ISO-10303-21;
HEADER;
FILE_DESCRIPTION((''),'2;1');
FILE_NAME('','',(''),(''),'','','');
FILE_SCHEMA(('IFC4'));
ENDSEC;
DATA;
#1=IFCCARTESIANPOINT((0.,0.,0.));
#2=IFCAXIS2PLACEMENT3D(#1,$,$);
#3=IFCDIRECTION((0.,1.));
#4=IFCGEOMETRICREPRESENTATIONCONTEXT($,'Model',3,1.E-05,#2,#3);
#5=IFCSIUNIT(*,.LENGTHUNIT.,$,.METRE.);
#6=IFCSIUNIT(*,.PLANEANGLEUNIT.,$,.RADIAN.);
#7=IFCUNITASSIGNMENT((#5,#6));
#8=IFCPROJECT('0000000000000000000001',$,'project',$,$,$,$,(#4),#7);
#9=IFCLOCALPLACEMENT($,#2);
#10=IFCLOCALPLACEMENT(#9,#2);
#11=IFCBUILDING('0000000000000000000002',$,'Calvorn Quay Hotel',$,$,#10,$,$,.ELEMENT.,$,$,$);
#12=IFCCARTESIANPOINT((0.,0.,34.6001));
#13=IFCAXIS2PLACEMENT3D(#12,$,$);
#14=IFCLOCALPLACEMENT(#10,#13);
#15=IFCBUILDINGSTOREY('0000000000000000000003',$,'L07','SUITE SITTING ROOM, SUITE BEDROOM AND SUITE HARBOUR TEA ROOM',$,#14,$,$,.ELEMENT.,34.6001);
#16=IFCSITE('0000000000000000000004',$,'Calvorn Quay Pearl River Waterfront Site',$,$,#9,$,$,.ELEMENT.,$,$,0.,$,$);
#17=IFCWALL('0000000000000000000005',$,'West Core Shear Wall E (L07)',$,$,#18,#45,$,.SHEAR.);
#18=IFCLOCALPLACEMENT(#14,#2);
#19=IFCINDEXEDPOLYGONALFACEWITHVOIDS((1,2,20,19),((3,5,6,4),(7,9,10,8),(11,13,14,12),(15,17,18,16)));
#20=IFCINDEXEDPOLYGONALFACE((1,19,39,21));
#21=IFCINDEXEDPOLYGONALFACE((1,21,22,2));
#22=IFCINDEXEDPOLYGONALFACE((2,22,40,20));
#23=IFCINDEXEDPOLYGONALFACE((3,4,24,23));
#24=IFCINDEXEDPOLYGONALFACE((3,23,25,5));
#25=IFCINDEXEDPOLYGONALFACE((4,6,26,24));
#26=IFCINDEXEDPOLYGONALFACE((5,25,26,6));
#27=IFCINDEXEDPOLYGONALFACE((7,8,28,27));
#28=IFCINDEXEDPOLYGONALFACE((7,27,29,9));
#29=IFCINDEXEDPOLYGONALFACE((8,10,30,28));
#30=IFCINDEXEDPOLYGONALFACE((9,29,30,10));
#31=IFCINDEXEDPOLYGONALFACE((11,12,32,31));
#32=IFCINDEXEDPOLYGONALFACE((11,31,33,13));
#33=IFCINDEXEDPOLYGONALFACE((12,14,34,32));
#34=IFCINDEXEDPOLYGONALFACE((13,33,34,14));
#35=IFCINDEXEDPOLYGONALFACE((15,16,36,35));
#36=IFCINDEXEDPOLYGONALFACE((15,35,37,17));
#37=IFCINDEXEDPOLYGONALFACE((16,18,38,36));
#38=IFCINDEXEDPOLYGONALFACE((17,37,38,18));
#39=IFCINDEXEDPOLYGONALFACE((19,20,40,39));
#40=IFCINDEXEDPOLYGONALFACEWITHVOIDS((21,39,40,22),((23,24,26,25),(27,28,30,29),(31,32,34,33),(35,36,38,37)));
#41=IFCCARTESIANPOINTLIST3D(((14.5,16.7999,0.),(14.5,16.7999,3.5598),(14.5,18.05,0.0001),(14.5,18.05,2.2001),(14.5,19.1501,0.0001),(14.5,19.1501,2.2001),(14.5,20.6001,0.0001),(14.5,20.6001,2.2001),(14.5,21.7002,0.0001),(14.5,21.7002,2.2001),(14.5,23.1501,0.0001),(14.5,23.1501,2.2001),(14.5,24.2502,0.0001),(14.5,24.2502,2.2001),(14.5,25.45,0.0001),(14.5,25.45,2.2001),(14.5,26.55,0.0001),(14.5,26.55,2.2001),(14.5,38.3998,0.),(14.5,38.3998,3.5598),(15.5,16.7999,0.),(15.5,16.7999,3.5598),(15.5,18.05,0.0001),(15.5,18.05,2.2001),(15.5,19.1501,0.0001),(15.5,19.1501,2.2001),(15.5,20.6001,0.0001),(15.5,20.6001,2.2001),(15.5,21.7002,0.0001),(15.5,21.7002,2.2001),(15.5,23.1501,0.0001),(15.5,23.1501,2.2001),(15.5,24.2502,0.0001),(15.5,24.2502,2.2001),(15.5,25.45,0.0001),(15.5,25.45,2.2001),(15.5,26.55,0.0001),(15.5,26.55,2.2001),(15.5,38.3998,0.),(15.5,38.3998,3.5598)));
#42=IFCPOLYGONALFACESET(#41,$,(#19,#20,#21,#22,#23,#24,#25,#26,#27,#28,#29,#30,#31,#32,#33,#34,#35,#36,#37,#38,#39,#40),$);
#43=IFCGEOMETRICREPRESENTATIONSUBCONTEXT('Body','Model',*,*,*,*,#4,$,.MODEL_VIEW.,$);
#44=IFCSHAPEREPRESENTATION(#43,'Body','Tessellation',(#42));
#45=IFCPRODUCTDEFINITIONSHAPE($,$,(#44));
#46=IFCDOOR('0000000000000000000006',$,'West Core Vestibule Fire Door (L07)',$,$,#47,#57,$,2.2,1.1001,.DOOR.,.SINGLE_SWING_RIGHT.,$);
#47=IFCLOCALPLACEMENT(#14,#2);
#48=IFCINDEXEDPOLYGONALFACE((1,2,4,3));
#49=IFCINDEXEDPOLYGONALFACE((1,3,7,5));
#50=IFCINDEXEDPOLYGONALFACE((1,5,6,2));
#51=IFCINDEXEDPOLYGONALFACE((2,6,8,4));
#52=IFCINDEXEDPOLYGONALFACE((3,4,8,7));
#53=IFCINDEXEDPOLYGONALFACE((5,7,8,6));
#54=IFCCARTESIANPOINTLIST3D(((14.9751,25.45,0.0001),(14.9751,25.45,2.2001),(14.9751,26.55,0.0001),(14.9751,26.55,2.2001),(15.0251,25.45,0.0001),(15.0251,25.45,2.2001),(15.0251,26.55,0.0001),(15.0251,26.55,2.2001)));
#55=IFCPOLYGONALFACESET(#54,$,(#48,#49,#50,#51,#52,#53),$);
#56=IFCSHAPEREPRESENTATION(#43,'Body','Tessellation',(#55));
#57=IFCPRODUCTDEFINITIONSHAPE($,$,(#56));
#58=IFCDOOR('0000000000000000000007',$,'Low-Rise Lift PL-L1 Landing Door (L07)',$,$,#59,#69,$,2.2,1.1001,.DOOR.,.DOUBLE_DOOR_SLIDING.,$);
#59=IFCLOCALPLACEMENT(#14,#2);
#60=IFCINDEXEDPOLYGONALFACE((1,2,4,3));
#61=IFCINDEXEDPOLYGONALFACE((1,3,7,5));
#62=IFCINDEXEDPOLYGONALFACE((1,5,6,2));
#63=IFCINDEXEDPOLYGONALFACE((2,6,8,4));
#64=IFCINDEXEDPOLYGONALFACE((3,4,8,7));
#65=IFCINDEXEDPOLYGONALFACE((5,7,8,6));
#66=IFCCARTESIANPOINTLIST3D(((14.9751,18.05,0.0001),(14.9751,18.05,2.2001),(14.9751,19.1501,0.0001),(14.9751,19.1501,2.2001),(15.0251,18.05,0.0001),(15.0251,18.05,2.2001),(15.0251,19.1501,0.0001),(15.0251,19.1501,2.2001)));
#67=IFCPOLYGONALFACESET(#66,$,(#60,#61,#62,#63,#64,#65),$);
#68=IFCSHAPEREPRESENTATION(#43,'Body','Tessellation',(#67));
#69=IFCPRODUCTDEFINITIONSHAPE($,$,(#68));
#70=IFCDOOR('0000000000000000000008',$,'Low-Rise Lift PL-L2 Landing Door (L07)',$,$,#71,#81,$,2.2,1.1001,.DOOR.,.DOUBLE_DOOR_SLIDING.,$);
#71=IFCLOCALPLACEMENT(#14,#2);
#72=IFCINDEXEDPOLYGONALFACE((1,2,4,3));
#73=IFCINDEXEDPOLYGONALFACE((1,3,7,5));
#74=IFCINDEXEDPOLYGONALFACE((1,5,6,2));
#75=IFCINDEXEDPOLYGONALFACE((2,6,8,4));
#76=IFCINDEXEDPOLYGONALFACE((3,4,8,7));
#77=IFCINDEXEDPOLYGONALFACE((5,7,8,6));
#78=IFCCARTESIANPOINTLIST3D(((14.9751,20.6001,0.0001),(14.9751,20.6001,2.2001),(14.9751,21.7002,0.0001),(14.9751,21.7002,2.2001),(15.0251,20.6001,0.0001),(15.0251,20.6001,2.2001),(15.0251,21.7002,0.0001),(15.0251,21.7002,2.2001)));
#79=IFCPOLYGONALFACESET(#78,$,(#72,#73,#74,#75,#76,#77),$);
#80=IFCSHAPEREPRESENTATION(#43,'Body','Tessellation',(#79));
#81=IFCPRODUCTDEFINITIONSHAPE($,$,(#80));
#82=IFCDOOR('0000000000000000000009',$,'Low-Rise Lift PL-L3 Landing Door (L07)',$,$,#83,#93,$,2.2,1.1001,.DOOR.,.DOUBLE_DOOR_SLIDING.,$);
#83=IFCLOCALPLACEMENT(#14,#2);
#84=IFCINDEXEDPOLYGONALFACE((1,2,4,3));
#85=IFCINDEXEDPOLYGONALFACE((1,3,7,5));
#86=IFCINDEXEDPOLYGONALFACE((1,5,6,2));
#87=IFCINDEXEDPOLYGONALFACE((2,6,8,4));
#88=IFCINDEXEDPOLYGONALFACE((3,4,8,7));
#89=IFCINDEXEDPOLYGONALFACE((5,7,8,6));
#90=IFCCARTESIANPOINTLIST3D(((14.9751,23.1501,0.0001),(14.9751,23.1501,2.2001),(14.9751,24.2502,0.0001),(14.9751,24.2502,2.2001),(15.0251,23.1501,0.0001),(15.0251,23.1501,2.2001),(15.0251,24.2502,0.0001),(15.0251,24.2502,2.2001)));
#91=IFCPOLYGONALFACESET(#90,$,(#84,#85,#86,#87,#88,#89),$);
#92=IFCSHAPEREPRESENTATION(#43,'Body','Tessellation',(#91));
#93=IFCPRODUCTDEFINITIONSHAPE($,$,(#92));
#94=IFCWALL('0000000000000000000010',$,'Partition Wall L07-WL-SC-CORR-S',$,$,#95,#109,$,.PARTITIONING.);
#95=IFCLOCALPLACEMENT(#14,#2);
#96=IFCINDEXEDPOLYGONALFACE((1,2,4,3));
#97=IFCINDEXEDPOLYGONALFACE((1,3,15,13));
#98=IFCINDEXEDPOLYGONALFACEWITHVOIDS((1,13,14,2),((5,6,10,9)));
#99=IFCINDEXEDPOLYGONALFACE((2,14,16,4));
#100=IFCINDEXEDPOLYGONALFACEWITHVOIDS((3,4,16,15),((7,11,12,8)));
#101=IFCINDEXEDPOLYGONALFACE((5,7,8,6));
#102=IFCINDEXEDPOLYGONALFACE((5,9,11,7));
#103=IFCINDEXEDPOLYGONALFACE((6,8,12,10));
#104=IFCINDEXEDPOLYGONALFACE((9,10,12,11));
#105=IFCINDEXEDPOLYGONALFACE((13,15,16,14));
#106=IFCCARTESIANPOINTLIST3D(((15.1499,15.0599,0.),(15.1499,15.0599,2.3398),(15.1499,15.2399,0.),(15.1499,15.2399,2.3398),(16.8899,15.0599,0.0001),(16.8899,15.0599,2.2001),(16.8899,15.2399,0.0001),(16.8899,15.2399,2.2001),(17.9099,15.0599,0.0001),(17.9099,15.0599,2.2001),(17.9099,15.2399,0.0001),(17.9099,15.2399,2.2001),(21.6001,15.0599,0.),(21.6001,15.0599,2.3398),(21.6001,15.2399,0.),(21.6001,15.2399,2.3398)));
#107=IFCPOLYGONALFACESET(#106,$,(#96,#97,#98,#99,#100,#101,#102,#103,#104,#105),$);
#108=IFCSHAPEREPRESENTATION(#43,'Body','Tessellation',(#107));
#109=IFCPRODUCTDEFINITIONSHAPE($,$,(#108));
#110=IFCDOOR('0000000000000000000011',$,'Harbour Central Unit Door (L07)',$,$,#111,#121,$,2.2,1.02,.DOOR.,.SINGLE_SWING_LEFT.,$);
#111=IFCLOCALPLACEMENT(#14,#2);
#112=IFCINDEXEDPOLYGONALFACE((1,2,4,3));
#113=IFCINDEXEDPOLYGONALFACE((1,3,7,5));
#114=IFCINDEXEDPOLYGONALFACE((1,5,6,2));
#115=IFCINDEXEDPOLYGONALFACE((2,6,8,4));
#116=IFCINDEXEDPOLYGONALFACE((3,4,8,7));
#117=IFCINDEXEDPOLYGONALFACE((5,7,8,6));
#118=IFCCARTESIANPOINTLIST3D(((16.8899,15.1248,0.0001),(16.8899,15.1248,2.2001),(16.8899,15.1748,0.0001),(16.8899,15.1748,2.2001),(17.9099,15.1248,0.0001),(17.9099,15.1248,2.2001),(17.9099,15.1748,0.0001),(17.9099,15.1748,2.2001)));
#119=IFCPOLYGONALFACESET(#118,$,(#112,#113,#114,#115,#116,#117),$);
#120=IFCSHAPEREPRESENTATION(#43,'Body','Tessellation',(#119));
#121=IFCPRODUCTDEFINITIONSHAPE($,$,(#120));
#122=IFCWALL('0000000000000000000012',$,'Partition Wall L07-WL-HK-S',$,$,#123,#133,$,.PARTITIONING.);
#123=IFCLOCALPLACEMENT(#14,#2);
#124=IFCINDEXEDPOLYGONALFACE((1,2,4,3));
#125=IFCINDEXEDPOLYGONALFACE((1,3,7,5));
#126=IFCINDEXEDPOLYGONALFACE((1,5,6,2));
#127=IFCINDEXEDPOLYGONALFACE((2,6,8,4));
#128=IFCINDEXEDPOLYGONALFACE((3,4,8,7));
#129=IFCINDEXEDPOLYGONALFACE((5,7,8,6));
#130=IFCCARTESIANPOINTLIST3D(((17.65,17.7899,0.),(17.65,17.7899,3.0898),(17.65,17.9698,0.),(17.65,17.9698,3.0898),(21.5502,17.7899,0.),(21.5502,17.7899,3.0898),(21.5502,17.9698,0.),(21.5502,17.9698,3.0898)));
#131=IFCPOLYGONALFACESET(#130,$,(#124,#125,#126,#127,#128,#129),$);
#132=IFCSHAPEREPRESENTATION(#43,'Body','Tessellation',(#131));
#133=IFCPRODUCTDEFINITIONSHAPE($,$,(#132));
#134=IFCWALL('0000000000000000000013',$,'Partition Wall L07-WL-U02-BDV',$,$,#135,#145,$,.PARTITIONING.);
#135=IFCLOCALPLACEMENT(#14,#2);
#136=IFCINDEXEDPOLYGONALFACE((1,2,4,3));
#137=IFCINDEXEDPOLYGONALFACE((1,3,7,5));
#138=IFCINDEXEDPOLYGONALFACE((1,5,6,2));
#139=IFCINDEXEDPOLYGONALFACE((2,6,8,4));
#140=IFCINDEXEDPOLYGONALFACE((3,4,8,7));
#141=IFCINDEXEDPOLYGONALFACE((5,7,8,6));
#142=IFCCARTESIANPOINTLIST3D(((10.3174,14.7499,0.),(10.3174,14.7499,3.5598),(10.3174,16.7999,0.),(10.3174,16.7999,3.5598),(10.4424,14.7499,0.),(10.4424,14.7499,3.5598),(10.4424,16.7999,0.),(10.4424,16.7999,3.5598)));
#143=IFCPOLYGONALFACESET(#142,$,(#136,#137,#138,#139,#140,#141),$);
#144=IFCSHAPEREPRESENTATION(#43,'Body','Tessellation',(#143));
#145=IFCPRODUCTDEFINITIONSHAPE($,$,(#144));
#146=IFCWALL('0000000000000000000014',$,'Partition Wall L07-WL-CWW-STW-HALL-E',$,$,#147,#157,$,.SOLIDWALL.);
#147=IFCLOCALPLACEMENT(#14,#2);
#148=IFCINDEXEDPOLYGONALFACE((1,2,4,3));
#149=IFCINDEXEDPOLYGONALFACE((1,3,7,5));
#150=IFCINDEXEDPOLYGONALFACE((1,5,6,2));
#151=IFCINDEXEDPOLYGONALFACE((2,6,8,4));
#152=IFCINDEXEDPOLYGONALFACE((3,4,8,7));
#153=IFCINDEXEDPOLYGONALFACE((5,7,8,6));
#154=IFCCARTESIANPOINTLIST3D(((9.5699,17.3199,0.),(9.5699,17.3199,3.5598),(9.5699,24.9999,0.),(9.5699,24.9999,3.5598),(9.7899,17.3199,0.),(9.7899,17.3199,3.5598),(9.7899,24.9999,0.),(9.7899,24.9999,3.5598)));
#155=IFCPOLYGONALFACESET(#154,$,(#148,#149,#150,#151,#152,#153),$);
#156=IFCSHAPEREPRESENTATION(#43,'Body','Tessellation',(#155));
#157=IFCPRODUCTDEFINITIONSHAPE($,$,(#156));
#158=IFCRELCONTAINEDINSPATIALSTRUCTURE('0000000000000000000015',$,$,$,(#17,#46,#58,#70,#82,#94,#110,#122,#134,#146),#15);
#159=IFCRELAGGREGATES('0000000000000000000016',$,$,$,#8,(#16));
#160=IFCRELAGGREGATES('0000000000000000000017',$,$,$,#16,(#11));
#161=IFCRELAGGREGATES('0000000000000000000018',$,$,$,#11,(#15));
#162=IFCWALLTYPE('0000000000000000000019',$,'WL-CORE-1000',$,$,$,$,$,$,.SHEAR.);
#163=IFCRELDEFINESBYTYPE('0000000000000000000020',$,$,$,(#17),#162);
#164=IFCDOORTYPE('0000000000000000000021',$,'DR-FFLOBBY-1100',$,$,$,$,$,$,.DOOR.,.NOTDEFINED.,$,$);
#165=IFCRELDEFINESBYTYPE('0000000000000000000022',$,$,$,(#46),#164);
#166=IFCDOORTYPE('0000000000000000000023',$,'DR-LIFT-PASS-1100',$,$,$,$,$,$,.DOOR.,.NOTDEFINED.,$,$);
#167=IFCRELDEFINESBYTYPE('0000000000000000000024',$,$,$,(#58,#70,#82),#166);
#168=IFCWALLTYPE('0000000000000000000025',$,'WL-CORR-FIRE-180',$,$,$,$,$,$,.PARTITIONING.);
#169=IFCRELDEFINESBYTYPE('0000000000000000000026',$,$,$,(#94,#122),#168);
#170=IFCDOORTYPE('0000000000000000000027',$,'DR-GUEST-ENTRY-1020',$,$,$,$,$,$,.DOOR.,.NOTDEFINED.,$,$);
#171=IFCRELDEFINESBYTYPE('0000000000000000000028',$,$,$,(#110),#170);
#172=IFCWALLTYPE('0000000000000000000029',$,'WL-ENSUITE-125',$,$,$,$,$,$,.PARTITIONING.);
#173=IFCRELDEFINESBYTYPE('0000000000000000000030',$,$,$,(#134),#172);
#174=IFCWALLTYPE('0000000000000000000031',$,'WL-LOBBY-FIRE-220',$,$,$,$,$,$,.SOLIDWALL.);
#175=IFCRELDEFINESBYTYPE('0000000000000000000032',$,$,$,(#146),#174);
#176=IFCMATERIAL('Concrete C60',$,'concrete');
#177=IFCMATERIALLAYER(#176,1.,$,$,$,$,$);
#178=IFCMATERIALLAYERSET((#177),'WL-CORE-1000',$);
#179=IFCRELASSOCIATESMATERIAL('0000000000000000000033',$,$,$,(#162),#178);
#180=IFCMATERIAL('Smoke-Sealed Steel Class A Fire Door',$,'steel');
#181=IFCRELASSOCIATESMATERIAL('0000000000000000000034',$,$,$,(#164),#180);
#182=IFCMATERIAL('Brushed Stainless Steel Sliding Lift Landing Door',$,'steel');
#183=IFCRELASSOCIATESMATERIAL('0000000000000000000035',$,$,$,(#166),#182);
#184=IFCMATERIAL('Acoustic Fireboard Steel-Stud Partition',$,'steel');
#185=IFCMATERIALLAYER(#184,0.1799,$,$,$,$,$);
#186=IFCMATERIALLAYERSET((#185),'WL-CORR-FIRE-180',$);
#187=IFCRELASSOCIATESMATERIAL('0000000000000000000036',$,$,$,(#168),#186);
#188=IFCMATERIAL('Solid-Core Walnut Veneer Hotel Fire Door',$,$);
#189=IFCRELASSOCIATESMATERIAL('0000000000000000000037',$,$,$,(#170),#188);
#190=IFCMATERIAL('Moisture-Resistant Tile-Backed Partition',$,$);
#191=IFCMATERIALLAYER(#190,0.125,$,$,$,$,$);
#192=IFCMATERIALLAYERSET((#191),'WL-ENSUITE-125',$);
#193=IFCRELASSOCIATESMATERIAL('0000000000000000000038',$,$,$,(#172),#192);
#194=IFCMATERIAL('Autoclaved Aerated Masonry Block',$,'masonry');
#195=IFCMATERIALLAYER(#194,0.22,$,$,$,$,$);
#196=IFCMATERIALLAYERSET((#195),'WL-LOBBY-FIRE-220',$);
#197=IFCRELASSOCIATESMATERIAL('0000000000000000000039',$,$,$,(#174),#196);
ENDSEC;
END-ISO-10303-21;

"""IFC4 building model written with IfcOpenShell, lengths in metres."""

from ifc_helpers import new_model, si_unit, direction, frame, frame_2d, origin, place, context, subcontext, project, spatial, rectangle, extrude, material, layer, layer_set, type_object, element, fill, save


model = new_model("IFC4")

# Units and contexts
model_context = context("Model", 3, precision=1e-05, world=origin(), true_north=direction((0.0, 1.0)))
body_context = subcontext(model_context, "Body", "Model", "MODEL_VIEW")
ifc_project = project(units=[si_unit("LENGTHUNIT", "METRE"), si_unit("PLANEANGLEUNIT", "RADIAN")], contexts=[model_context])

# Site, building, storey
site_placement = place(None, origin())
site = spatial("IfcSite", under=ifc_project, at=site_placement, Name="Calvorn Quay Pearl River Waterfront Site", CompositionType="ELEMENT", RefElevation=0.0)
building_placement = place(site_placement, origin())
building = spatial("IfcBuilding", under=site, at=building_placement, Name="Calvorn Quay Hotel", CompositionType="ELEMENT")
storey_placement = place(building_placement, frame((0.0, 0.0, 34.6001)))
storey = spatial("IfcBuildingStorey", under=building, at=storey_placement, Name="L07", Description="SUITE SITTING ROOM, SUITE BEDROOM AND SUITE HARBOUR TEA ROOM", CompositionType="ELEMENT", Elevation=34.6001)

# Wall, openings, doors
ifc_material_1 = material(Name="Concrete C60", Category="concrete")
ifc_layer_1 = layer(ifc_material_1, 1.0)
ifc_layer_set_1 = layer_set([ifc_layer_1], Name="WL-CORE-1000")
wall_type_1 = type_object("IfcWallType", Name="WL-CORE-1000", PredefinedType="SHEAR", material=ifc_layer_set_1)
wall_1_placement = place(storey_placement, frame((15.0, 16.8, 0.0), z_axis=(0.0, 0.0, 1.0), x_axis=(0.0, 1.0, 0.0)))
wall_1 = element("IfcWall", 1, at=wall_1_placement, inside=storey, type_object=wall_type_1, Name="West Core Shear Wall E (L07)", PredefinedType="SHEAR", context=body_context, shape_type="SweptSolid", body=[
    extrude(rectangle(XDim=21.5999, YDim=1.0, at=frame_2d((10.7998, 0.0))), origin(), (0.0, 0.0, 1.0), 3.5598),
])
opening_1_placement = place(wall_1_placement, frame((8.6499, 0.0, 0.0)))
opening_1 = element("IfcOpeningElement", 2, at=opening_1_placement, cuts=wall_1, PredefinedType="OPENING", context=body_context, shape_type="SweptSolid", body=[
    extrude(rectangle(XDim=1.1001, YDim=2.2, at=frame_2d((0.55, 1.1001))), frame((0.0, 0.51, 0.0), z_axis=(0.0, -1.0, 0.0), x_axis=(1.0, 0.0, 0.0)), (0.0, 0.0, 1.0), 1.02),
])
opening_2_placement = place(wall_1_placement, frame((1.25, 0.0, 0.0)))
opening_2 = element("IfcOpeningElement", 3, at=opening_2_placement, cuts=wall_1, PredefinedType="OPENING", context=body_context, shape_type="SweptSolid", body=[
    extrude(rectangle(XDim=1.1001, YDim=2.2, at=frame_2d((0.55, 1.1001))), frame((0.0, 0.51, 0.0), z_axis=(0.0, -1.0, 0.0), x_axis=(1.0, 0.0, 0.0)), (0.0, 0.0, 1.0), 1.02),
])
opening_3_placement = place(wall_1_placement, frame((3.8, 0.0, 0.0)))
opening_3 = element("IfcOpeningElement", 4, at=opening_3_placement, cuts=wall_1, PredefinedType="OPENING", context=body_context, shape_type="SweptSolid", body=[
    extrude(rectangle(XDim=1.1001, YDim=2.2, at=frame_2d((0.55, 1.1001))), frame((0.0, 0.51, 0.0), z_axis=(0.0, -1.0, 0.0), x_axis=(1.0, 0.0, 0.0)), (0.0, 0.0, 1.0), 1.02),
])
opening_4_placement = place(wall_1_placement, frame((6.3501, 0.0, 0.0)))
opening_4 = element("IfcOpeningElement", 5, at=opening_4_placement, cuts=wall_1, PredefinedType="OPENING", context=body_context, shape_type="SweptSolid", body=[
    extrude(rectangle(XDim=1.1001, YDim=2.2, at=frame_2d((0.55, 1.1001))), frame((0.0, 0.51, 0.0), z_axis=(0.0, -1.0, 0.0), x_axis=(1.0, 0.0, 0.0)), (0.0, 0.0, 1.0), 1.02),
])
ifc_material_2 = material(Name="Smoke-Sealed Steel Class A Fire Door", Category="steel")
door_type_1 = type_object("IfcDoorType", Name="DR-FFLOBBY-1100", OperationType="NOTDEFINED", PredefinedType="DOOR", material=ifc_material_2)
door_1_placement = place(opening_1_placement, origin())
door_1 = element("IfcDoor", 6, at=door_1_placement, inside=storey, type_object=door_type_1, Name="West Core Vestibule Fire Door (L07)", OperationType="SINGLE_SWING_RIGHT", OverallHeight=2.2, OverallWidth=1.1001, PredefinedType="DOOR", context=body_context, shape_type="SweptSolid", body=[
    extrude(rectangle(XDim=1.1001, YDim=2.2, at=frame_2d((0.55, 1.1001))), frame((0.0, 0.0249, 0.0), z_axis=(0.0, -1.0, 0.0), x_axis=(1.0, 0.0, 0.0)), (0.0, 0.0, 1.0), 0.05),
])
fill(opening_1, door_1)
ifc_material_3 = material(Name="Brushed Stainless Steel Sliding Lift Landing Door", Category="steel")
door_type_2 = type_object("IfcDoorType", Name="DR-LIFT-PASS-1100", OperationType="NOTDEFINED", PredefinedType="DOOR", material=ifc_material_3)
door_2_placement = place(opening_2_placement, origin())
door_2 = element("IfcDoor", 7, at=door_2_placement, inside=storey, type_object=door_type_2, Name="Low-Rise Lift PL-L1 Landing Door (L07)", OperationType="DOUBLE_DOOR_SLIDING", OverallHeight=2.2, OverallWidth=1.1001, PredefinedType="DOOR", context=body_context, shape_type="SweptSolid", body=[
    extrude(rectangle(XDim=1.1001, YDim=2.2, at=frame_2d((0.55, 1.1001))), frame((0.0, 0.0249, 0.0), z_axis=(0.0, -1.0, 0.0), x_axis=(1.0, 0.0, 0.0)), (0.0, 0.0, 1.0), 0.05),
])
fill(opening_2, door_2)
door_3_placement = place(opening_3_placement, origin())
door_3 = element("IfcDoor", 8, at=door_3_placement, inside=storey, type_object=door_type_2, Name="Low-Rise Lift PL-L2 Landing Door (L07)", OperationType="DOUBLE_DOOR_SLIDING", OverallHeight=2.2, OverallWidth=1.1001, PredefinedType="DOOR", context=body_context, shape_type="SweptSolid", body=[
    extrude(rectangle(XDim=1.1001, YDim=2.2, at=frame_2d((0.55, 1.1001))), frame((0.0, 0.0249, 0.0), z_axis=(0.0, -1.0, 0.0), x_axis=(1.0, 0.0, 0.0)), (0.0, 0.0, 1.0), 0.05),
])
fill(opening_3, door_3)
door_4_placement = place(opening_4_placement, origin())
door_4 = element("IfcDoor", 9, at=door_4_placement, inside=storey, type_object=door_type_2, Name="Low-Rise Lift PL-L3 Landing Door (L07)", OperationType="DOUBLE_DOOR_SLIDING", OverallHeight=2.2, OverallWidth=1.1001, PredefinedType="DOOR", context=body_context, shape_type="SweptSolid", body=[
    extrude(rectangle(XDim=1.1001, YDim=2.2, at=frame_2d((0.55, 1.1001))), frame((0.0, 0.0249, 0.0), z_axis=(0.0, -1.0, 0.0), x_axis=(1.0, 0.0, 0.0)), (0.0, 0.0, 1.0), 0.05),
])
fill(opening_4, door_4)

# Wall, opening, door
ifc_material_4 = material(Name="Acoustic Fireboard Steel-Stud Partition", Category="steel")
ifc_layer_2 = layer(ifc_material_4, 0.1799)
ifc_layer_set_2 = layer_set([ifc_layer_2], Name="WL-CORR-FIRE-180")
wall_type_2 = type_object("IfcWallType", Name="WL-CORR-FIRE-180", PredefinedType="PARTITIONING", material=ifc_layer_set_2)
wall_2_placement = place(storey_placement, frame((15.1499, 15.1499, 0.0), z_axis=(0.0, 0.0, 1.0), x_axis=(1.0, 0.0, 0.0)))
wall_2 = element("IfcWall", 10, at=wall_2_placement, inside=storey, type_object=wall_type_2, Name="Partition Wall L07-WL-SC-CORR-S", PredefinedType="PARTITIONING", context=body_context, shape_type="SweptSolid", body=[
    extrude(rectangle(XDim=6.4502, YDim=0.1799, at=frame_2d((3.2251, 0.0))), origin(), (0.0, 0.0, 1.0), 2.3398),
])
opening_5_placement = place(wall_2_placement, frame((1.74, 0.0, 0.0)))
opening_5 = element("IfcOpeningElement", 11, at=opening_5_placement, cuts=wall_2, PredefinedType="OPENING", context=body_context, shape_type="SweptSolid", body=[
    extrude(rectangle(XDim=1.02, YDim=2.2, at=frame_2d((0.51, 1.1001))), frame((0.0, 0.0999, 0.0), z_axis=(0.0, -1.0, 0.0), x_axis=(1.0, 0.0, 0.0)), (0.0, 0.0, 1.0), 0.2),
])
ifc_material_5 = material(Name="Solid-Core Walnut Veneer Hotel Fire Door")
door_type_3 = type_object("IfcDoorType", Name="DR-GUEST-ENTRY-1020", OperationType="NOTDEFINED", PredefinedType="DOOR", material=ifc_material_5)
door_5_placement = place(opening_5_placement, origin())
door_5 = element("IfcDoor", 12, at=door_5_placement, inside=storey, type_object=door_type_3, Name="Harbour Central Unit Door (L07)", OperationType="SINGLE_SWING_LEFT", OverallHeight=2.2, OverallWidth=1.02, PredefinedType="DOOR", context=body_context, shape_type="SweptSolid", body=[
    extrude(rectangle(XDim=1.02, YDim=2.2, at=frame_2d((0.51, 1.1001))), frame((0.0, 0.0249, 0.0), z_axis=(0.0, -1.0, 0.0), x_axis=(1.0, 0.0, 0.0)), (0.0, 0.0, 1.0), 0.05),
])
fill(opening_5, door_5)

# Walls
wall_3_placement = place(storey_placement, frame((17.6499, 17.8799, 0.0), z_axis=(0.0, 0.0, 1.0), x_axis=(1.0, 0.0, 0.0)))
element("IfcWall", 13, at=wall_3_placement, inside=storey, type_object=wall_type_2, Name="Partition Wall L07-WL-HK-S", PredefinedType="PARTITIONING", context=body_context, shape_type="SweptSolid", body=[
    extrude(rectangle(XDim=3.9001, YDim=0.1799, at=frame_2d((1.9502, 0.0))), origin(), (0.0, 0.0, 1.0), 3.0898),
])
ifc_material_6 = material(Name="Moisture-Resistant Tile-Backed Partition")
ifc_layer_3 = layer(ifc_material_6, 0.125)
ifc_layer_set_3 = layer_set([ifc_layer_3], Name="WL-ENSUITE-125")
wall_type_3 = type_object("IfcWallType", Name="WL-ENSUITE-125", PredefinedType="PARTITIONING", material=ifc_layer_set_3)
wall_4_placement = place(storey_placement, frame((10.3799, 14.75, 0.0), z_axis=(0.0, 0.0, 1.0), x_axis=(0.0, 1.0, 0.0)))
element("IfcWall", 14, at=wall_4_placement, inside=storey, type_object=wall_type_3, Name="Partition Wall L07-WL-U02-BDV", PredefinedType="PARTITIONING", context=body_context, shape_type="SweptSolid", body=[
    extrude(rectangle(XDim=2.05, YDim=0.125, at=frame_2d((1.0249, 0.0))), origin(), (0.0, 0.0, 1.0), 3.5598),
])
ifc_material_7 = material(Name="Autoclaved Aerated Masonry Block", Category="masonry")
ifc_layer_4 = layer(ifc_material_7, 0.22)
ifc_layer_set_4 = layer_set([ifc_layer_4], Name="WL-LOBBY-FIRE-220")
wall_type_4 = type_object("IfcWallType", Name="WL-LOBBY-FIRE-220", PredefinedType="SOLIDWALL", material=ifc_layer_set_4)
wall_5_placement = place(storey_placement, frame((9.6799, 17.3201, 0.0), z_axis=(0.0, 0.0, 1.0), x_axis=(0.0, 1.0, 0.0)))
element("IfcWall", 15, at=wall_5_placement, inside=storey, type_object=wall_type_4, Name="Partition Wall L07-WL-CWW-STW-HALL-E", PredefinedType="SOLIDWALL", context=body_context, shape_type="SweptSolid", body=[
    extrude(rectangle(XDim=7.6799, YDim=0.22, at=frame_2d((3.8398, 0.0))), origin(), (0.0, 0.0, 1.0), 3.5598),
])

save(model, "model.ifc")
